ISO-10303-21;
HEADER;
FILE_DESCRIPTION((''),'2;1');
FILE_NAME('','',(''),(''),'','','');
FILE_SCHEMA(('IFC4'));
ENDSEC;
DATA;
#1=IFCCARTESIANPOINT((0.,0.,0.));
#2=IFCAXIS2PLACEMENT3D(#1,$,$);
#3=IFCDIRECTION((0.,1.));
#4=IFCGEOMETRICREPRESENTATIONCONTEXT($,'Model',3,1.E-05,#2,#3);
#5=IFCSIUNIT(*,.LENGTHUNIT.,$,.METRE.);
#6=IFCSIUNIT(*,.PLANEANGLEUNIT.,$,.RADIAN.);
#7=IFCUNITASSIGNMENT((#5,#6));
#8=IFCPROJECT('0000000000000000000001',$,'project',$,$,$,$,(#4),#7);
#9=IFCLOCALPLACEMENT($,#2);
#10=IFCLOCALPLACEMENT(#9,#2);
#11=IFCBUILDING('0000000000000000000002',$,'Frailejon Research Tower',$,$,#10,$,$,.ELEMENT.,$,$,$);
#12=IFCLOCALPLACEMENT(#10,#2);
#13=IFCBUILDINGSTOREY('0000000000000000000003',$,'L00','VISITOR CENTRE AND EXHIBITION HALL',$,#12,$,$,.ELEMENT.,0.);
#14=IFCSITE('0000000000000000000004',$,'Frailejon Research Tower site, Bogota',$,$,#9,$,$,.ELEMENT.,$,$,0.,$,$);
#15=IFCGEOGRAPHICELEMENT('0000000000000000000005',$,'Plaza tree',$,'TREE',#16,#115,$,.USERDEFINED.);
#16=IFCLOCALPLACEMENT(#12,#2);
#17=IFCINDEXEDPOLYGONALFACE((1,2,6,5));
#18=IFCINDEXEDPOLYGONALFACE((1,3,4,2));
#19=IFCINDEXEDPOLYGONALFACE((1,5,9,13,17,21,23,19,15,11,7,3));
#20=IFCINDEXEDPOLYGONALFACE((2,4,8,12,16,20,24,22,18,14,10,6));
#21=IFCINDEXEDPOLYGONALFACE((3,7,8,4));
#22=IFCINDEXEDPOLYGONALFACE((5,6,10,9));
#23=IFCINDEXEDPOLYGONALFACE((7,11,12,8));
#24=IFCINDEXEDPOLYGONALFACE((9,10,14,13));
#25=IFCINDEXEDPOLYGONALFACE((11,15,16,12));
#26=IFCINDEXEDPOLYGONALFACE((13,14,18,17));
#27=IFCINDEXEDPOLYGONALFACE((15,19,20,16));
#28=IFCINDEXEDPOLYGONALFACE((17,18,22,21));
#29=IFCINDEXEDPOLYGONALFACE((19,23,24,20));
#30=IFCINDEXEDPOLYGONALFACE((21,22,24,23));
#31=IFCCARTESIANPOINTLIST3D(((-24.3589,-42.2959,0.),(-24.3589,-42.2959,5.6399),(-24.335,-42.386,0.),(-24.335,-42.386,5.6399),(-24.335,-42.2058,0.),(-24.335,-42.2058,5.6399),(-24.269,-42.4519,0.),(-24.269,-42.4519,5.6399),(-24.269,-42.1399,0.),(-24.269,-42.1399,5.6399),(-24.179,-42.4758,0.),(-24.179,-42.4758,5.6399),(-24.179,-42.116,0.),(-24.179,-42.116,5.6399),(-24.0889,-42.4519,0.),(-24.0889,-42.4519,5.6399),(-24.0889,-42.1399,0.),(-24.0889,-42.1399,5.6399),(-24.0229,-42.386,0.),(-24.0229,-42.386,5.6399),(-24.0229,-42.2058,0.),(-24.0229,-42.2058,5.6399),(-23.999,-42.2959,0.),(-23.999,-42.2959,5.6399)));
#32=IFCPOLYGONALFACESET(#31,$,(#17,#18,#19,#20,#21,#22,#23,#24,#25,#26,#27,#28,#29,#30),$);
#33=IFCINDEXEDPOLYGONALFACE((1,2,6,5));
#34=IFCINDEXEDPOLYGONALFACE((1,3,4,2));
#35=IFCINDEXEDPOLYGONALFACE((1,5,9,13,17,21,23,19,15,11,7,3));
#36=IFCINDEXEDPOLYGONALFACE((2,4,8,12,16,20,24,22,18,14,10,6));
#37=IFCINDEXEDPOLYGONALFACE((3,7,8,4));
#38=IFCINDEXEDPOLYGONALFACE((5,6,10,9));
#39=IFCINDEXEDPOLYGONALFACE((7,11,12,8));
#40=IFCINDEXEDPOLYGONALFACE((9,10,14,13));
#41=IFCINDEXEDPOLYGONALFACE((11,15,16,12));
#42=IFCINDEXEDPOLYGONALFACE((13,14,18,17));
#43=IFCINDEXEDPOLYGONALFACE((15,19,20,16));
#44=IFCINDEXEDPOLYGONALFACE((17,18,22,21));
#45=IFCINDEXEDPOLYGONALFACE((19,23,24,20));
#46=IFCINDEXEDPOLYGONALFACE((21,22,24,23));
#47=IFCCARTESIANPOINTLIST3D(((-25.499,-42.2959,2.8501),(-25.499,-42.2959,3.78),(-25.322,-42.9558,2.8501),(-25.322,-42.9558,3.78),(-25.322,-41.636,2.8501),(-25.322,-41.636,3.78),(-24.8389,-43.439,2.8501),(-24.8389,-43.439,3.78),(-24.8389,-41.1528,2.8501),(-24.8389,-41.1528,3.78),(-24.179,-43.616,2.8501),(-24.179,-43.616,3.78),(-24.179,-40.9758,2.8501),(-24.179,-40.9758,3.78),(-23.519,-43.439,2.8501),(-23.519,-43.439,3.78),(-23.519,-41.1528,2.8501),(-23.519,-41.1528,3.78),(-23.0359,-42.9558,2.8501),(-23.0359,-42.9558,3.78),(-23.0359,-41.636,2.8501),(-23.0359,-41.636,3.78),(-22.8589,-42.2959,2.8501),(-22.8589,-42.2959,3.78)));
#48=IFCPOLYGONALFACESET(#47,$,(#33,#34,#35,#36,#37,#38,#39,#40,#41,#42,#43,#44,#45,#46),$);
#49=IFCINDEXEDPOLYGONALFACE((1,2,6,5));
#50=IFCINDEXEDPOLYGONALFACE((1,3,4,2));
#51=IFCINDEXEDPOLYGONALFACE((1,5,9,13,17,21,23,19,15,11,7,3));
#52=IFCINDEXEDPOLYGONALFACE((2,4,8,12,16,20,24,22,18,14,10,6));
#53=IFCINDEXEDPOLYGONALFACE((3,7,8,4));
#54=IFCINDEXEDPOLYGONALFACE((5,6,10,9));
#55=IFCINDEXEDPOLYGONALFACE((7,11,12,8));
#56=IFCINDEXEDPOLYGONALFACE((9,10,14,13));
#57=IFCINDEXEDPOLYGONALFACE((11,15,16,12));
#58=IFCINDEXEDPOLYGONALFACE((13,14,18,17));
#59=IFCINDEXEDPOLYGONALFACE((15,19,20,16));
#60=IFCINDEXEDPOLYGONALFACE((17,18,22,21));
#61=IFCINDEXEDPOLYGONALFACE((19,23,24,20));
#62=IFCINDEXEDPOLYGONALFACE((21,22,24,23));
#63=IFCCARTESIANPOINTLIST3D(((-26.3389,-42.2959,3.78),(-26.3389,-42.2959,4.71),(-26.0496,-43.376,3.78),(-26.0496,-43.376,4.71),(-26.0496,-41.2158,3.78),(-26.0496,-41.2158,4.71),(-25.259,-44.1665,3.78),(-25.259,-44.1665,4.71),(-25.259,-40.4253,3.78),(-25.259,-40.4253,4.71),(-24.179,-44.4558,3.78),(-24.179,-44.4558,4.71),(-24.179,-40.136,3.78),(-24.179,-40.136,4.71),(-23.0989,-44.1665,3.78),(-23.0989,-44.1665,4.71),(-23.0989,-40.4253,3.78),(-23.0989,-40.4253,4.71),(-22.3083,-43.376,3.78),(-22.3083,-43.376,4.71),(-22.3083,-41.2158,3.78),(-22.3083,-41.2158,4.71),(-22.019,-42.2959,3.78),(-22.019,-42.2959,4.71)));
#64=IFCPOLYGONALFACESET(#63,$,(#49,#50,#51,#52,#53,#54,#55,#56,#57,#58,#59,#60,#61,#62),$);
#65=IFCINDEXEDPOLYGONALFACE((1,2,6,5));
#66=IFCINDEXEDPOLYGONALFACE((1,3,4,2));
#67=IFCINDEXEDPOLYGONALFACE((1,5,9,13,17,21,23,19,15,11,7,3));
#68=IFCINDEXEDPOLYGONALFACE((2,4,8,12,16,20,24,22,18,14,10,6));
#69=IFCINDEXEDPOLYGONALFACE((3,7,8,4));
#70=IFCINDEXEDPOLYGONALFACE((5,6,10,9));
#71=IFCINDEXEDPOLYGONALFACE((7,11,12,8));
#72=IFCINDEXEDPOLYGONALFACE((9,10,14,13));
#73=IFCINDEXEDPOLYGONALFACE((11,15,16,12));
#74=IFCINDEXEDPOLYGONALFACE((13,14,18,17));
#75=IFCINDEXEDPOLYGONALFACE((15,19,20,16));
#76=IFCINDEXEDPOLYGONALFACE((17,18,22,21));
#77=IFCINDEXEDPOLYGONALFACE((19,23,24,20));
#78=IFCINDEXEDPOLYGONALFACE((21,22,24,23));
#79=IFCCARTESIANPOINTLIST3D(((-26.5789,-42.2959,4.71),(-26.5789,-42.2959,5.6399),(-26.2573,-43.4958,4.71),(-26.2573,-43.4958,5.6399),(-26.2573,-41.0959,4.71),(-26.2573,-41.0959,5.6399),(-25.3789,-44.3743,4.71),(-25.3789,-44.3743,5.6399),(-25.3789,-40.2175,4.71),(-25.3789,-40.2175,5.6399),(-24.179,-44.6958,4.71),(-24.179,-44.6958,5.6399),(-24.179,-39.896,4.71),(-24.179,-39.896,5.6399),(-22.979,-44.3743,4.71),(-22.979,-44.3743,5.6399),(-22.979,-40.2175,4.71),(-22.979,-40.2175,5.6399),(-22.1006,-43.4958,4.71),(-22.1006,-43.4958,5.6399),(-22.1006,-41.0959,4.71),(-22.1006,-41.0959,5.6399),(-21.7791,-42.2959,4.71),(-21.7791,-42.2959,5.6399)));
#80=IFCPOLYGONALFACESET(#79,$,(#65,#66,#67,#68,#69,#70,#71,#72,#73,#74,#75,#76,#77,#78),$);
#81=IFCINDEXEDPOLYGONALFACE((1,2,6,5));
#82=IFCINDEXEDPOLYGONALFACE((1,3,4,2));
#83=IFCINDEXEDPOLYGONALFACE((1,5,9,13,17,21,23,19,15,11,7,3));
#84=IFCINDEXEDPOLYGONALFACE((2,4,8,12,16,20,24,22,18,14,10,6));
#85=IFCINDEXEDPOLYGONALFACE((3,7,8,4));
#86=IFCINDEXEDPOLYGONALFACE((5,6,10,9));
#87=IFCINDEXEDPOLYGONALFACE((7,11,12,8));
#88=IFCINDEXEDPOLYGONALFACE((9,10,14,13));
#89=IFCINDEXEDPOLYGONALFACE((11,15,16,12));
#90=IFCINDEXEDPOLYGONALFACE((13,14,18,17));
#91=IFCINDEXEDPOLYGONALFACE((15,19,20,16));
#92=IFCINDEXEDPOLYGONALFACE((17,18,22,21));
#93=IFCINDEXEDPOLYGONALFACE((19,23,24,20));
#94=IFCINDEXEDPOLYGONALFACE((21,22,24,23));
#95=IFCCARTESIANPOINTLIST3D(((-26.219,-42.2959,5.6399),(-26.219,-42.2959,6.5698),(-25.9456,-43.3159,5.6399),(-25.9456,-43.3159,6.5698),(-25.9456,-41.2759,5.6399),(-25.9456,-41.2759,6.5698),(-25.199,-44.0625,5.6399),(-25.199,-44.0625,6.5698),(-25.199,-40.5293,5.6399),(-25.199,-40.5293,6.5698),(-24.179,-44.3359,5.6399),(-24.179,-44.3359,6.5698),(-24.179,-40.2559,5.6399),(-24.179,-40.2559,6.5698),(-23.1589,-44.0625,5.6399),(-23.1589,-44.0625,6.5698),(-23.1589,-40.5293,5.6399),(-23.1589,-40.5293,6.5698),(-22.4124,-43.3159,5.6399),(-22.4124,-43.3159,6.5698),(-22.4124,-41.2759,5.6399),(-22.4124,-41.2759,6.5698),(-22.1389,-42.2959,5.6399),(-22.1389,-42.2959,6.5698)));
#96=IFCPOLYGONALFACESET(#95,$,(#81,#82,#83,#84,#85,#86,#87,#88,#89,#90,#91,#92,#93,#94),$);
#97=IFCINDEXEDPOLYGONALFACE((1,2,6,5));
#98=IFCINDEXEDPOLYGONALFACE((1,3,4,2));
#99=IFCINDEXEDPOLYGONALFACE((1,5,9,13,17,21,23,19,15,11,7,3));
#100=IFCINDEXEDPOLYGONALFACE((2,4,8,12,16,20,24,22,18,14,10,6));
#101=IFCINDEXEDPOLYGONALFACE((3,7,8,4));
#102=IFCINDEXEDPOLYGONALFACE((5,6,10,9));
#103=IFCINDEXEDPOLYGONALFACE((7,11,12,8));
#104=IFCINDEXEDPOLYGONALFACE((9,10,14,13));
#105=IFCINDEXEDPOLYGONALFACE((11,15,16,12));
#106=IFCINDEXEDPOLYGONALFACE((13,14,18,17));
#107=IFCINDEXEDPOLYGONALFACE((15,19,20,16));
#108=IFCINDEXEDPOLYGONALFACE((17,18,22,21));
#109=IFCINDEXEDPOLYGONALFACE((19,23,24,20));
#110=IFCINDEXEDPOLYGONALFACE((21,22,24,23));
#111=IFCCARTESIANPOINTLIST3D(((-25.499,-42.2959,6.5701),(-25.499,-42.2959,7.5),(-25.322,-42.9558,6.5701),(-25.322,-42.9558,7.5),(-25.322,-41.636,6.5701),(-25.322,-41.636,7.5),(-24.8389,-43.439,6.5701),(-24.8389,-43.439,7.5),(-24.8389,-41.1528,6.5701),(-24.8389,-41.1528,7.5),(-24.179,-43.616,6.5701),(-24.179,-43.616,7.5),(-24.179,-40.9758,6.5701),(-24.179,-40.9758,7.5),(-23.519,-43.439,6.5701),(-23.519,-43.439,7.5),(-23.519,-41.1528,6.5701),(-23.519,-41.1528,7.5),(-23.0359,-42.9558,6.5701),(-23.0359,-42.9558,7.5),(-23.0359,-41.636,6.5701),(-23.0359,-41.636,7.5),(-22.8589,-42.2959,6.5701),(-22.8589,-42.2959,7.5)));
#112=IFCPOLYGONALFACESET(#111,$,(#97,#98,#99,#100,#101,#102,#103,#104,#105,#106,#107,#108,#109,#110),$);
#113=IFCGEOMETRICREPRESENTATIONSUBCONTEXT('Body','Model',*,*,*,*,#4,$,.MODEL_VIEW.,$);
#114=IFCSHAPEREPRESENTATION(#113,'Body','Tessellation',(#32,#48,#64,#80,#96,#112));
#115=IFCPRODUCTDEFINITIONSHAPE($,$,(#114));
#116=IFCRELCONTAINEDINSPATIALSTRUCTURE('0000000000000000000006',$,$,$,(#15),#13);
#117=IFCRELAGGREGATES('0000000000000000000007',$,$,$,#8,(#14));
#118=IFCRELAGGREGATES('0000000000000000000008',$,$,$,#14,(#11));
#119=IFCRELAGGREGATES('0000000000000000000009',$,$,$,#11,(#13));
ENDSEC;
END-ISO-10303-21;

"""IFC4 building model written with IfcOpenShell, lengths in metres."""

from ifc_helpers import new_model, si_unit, direction, frame, origin, place, context, subcontext, project, spatial, polyline, outline, extrude, element, save


model = new_model("IFC4")

# Units and contexts
model_context = context("Model", 3, precision=1e-05, world=origin(), true_north=direction((0.0, 1.0)))
body_context = subcontext(model_context, "Body", "Model", "MODEL_VIEW")
ifc_project = project(units=[si_unit("LENGTHUNIT", "METRE"), si_unit("PLANEANGLEUNIT", "RADIAN")], contexts=[model_context])

# Site, building, storey
site_placement = place(None, origin())
site = spatial("IfcSite", under=ifc_project, at=site_placement, Name="Frailejon Research Tower site, Bogota", CompositionType="ELEMENT", RefElevation=0.0)
building_placement = place(site_placement, origin())
building = spatial("IfcBuilding", under=site, at=building_placement, Name="Frailejon Research Tower", CompositionType="ELEMENT")
storey_placement = place(building_placement, origin())
storey = spatial("IfcBuildingStorey", under=building, at=storey_placement, Name="L00", Description="VISITOR CENTRE AND EXHIBITION HALL", CompositionType="ELEMENT", Elevation=0.0)

# Geographic element
geographic_element_1_placement = place(storey_placement, frame((-24.179, -42.2959, 0.0)))
element("IfcGeographicElement", 1, at=geographic_element_1_placement, inside=storey, Name="Plaza tree", ObjectType="TREE", PredefinedType="USERDEFINED", context=body_context, shape_type="SweptSolid", body=[
    extrude(outline(polyline([(0.1799, 0.0), (0.156, 0.0901), (0.0901, 0.156), (0.0, 0.1799), (-0.0901, 0.156), (-0.156, 0.0901), (-0.1799, 0.0), (-0.156, -0.0901), (-0.0901, -0.156), (0.0, -0.1799), (0.0901, -0.156), (0.156, -0.0901), (0.1799, 0.0)])), origin(), (0.0, 0.0, 1.0), 5.6399),
    extrude(outline(polyline([(1.3201, 0.0), (1.1431, 0.6599), (0.6599, 1.1431), (0.0, 1.3201), (-0.6599, 1.1431), (-1.1431, 0.6599), (-1.3201, 0.0), (-1.1431, -0.6599), (-0.6599, -1.1431), (0.0, -1.3201), (0.6599, -1.1431), (1.1431, -0.6599), (1.3201, 0.0)])), frame((0.0, 0.0, 2.8501)), (0.0, 0.0, 1.0), 0.9299),
    extrude(outline(polyline([(2.1599, 0.0), (1.8706, 1.0801), (1.0801, 1.8706), (0.0, 2.1599), (-1.0801, 1.8706), (-1.8706, 1.0801), (-2.1599, 0.0), (-1.8706, -1.0801), (-1.0801, -1.8706), (0.0, -2.1599), (1.0801, -1.8706), (1.8706, -1.0801), (2.1599, 0.0)])), frame((0.0, 0.0, 3.78)), (0.0, 0.0, 1.0), 0.9299),
    extrude(outline(polyline([(2.3999, 0.0), (2.0784, 1.2), (1.2, 2.0784), (0.0, 2.3999), (-1.2, 2.0784), (-2.0784, 1.2), (-2.3999, 0.0), (-2.0784, -1.2), (-1.2, -2.0784), (0.0, -2.3999), (1.2, -2.0784), (2.0784, -1.2), (2.3999, 0.0)])), frame((0.0, 0.0, 4.71)), (0.0, 0.0, 1.0), 0.9299),
    extrude(outline(polyline([(2.04, 0.0), (1.7666, 1.02), (1.02, 1.7666), (0.0, 2.04), (-1.02, 1.7666), (-1.7666, 1.02), (-2.04, 0.0), (-1.7666, -1.02), (-1.02, -1.7666), (0.0, -2.04), (1.02, -1.7666), (1.7666, -1.02), (2.04, 0.0)])), frame((0.0, 0.0, 5.6399)), (0.0, 0.0, 1.0), 0.9299),
    extrude(outline(polyline([(1.3201, 0.0), (1.1431, 0.6599), (0.6599, 1.1431), (0.0, 1.3201), (-0.6599, 1.1431), (-1.1431, 0.6599), (-1.3201, 0.0), (-1.1431, -0.6599), (-0.6599, -1.1431), (0.0, -1.3201), (0.6599, -1.1431), (1.1431, -0.6599), (1.3201, 0.0)])), frame((0.0, 0.0, 6.5701)), (0.0, 0.0, 1.0), 0.9299),
])

save(model, "model.ifc")
